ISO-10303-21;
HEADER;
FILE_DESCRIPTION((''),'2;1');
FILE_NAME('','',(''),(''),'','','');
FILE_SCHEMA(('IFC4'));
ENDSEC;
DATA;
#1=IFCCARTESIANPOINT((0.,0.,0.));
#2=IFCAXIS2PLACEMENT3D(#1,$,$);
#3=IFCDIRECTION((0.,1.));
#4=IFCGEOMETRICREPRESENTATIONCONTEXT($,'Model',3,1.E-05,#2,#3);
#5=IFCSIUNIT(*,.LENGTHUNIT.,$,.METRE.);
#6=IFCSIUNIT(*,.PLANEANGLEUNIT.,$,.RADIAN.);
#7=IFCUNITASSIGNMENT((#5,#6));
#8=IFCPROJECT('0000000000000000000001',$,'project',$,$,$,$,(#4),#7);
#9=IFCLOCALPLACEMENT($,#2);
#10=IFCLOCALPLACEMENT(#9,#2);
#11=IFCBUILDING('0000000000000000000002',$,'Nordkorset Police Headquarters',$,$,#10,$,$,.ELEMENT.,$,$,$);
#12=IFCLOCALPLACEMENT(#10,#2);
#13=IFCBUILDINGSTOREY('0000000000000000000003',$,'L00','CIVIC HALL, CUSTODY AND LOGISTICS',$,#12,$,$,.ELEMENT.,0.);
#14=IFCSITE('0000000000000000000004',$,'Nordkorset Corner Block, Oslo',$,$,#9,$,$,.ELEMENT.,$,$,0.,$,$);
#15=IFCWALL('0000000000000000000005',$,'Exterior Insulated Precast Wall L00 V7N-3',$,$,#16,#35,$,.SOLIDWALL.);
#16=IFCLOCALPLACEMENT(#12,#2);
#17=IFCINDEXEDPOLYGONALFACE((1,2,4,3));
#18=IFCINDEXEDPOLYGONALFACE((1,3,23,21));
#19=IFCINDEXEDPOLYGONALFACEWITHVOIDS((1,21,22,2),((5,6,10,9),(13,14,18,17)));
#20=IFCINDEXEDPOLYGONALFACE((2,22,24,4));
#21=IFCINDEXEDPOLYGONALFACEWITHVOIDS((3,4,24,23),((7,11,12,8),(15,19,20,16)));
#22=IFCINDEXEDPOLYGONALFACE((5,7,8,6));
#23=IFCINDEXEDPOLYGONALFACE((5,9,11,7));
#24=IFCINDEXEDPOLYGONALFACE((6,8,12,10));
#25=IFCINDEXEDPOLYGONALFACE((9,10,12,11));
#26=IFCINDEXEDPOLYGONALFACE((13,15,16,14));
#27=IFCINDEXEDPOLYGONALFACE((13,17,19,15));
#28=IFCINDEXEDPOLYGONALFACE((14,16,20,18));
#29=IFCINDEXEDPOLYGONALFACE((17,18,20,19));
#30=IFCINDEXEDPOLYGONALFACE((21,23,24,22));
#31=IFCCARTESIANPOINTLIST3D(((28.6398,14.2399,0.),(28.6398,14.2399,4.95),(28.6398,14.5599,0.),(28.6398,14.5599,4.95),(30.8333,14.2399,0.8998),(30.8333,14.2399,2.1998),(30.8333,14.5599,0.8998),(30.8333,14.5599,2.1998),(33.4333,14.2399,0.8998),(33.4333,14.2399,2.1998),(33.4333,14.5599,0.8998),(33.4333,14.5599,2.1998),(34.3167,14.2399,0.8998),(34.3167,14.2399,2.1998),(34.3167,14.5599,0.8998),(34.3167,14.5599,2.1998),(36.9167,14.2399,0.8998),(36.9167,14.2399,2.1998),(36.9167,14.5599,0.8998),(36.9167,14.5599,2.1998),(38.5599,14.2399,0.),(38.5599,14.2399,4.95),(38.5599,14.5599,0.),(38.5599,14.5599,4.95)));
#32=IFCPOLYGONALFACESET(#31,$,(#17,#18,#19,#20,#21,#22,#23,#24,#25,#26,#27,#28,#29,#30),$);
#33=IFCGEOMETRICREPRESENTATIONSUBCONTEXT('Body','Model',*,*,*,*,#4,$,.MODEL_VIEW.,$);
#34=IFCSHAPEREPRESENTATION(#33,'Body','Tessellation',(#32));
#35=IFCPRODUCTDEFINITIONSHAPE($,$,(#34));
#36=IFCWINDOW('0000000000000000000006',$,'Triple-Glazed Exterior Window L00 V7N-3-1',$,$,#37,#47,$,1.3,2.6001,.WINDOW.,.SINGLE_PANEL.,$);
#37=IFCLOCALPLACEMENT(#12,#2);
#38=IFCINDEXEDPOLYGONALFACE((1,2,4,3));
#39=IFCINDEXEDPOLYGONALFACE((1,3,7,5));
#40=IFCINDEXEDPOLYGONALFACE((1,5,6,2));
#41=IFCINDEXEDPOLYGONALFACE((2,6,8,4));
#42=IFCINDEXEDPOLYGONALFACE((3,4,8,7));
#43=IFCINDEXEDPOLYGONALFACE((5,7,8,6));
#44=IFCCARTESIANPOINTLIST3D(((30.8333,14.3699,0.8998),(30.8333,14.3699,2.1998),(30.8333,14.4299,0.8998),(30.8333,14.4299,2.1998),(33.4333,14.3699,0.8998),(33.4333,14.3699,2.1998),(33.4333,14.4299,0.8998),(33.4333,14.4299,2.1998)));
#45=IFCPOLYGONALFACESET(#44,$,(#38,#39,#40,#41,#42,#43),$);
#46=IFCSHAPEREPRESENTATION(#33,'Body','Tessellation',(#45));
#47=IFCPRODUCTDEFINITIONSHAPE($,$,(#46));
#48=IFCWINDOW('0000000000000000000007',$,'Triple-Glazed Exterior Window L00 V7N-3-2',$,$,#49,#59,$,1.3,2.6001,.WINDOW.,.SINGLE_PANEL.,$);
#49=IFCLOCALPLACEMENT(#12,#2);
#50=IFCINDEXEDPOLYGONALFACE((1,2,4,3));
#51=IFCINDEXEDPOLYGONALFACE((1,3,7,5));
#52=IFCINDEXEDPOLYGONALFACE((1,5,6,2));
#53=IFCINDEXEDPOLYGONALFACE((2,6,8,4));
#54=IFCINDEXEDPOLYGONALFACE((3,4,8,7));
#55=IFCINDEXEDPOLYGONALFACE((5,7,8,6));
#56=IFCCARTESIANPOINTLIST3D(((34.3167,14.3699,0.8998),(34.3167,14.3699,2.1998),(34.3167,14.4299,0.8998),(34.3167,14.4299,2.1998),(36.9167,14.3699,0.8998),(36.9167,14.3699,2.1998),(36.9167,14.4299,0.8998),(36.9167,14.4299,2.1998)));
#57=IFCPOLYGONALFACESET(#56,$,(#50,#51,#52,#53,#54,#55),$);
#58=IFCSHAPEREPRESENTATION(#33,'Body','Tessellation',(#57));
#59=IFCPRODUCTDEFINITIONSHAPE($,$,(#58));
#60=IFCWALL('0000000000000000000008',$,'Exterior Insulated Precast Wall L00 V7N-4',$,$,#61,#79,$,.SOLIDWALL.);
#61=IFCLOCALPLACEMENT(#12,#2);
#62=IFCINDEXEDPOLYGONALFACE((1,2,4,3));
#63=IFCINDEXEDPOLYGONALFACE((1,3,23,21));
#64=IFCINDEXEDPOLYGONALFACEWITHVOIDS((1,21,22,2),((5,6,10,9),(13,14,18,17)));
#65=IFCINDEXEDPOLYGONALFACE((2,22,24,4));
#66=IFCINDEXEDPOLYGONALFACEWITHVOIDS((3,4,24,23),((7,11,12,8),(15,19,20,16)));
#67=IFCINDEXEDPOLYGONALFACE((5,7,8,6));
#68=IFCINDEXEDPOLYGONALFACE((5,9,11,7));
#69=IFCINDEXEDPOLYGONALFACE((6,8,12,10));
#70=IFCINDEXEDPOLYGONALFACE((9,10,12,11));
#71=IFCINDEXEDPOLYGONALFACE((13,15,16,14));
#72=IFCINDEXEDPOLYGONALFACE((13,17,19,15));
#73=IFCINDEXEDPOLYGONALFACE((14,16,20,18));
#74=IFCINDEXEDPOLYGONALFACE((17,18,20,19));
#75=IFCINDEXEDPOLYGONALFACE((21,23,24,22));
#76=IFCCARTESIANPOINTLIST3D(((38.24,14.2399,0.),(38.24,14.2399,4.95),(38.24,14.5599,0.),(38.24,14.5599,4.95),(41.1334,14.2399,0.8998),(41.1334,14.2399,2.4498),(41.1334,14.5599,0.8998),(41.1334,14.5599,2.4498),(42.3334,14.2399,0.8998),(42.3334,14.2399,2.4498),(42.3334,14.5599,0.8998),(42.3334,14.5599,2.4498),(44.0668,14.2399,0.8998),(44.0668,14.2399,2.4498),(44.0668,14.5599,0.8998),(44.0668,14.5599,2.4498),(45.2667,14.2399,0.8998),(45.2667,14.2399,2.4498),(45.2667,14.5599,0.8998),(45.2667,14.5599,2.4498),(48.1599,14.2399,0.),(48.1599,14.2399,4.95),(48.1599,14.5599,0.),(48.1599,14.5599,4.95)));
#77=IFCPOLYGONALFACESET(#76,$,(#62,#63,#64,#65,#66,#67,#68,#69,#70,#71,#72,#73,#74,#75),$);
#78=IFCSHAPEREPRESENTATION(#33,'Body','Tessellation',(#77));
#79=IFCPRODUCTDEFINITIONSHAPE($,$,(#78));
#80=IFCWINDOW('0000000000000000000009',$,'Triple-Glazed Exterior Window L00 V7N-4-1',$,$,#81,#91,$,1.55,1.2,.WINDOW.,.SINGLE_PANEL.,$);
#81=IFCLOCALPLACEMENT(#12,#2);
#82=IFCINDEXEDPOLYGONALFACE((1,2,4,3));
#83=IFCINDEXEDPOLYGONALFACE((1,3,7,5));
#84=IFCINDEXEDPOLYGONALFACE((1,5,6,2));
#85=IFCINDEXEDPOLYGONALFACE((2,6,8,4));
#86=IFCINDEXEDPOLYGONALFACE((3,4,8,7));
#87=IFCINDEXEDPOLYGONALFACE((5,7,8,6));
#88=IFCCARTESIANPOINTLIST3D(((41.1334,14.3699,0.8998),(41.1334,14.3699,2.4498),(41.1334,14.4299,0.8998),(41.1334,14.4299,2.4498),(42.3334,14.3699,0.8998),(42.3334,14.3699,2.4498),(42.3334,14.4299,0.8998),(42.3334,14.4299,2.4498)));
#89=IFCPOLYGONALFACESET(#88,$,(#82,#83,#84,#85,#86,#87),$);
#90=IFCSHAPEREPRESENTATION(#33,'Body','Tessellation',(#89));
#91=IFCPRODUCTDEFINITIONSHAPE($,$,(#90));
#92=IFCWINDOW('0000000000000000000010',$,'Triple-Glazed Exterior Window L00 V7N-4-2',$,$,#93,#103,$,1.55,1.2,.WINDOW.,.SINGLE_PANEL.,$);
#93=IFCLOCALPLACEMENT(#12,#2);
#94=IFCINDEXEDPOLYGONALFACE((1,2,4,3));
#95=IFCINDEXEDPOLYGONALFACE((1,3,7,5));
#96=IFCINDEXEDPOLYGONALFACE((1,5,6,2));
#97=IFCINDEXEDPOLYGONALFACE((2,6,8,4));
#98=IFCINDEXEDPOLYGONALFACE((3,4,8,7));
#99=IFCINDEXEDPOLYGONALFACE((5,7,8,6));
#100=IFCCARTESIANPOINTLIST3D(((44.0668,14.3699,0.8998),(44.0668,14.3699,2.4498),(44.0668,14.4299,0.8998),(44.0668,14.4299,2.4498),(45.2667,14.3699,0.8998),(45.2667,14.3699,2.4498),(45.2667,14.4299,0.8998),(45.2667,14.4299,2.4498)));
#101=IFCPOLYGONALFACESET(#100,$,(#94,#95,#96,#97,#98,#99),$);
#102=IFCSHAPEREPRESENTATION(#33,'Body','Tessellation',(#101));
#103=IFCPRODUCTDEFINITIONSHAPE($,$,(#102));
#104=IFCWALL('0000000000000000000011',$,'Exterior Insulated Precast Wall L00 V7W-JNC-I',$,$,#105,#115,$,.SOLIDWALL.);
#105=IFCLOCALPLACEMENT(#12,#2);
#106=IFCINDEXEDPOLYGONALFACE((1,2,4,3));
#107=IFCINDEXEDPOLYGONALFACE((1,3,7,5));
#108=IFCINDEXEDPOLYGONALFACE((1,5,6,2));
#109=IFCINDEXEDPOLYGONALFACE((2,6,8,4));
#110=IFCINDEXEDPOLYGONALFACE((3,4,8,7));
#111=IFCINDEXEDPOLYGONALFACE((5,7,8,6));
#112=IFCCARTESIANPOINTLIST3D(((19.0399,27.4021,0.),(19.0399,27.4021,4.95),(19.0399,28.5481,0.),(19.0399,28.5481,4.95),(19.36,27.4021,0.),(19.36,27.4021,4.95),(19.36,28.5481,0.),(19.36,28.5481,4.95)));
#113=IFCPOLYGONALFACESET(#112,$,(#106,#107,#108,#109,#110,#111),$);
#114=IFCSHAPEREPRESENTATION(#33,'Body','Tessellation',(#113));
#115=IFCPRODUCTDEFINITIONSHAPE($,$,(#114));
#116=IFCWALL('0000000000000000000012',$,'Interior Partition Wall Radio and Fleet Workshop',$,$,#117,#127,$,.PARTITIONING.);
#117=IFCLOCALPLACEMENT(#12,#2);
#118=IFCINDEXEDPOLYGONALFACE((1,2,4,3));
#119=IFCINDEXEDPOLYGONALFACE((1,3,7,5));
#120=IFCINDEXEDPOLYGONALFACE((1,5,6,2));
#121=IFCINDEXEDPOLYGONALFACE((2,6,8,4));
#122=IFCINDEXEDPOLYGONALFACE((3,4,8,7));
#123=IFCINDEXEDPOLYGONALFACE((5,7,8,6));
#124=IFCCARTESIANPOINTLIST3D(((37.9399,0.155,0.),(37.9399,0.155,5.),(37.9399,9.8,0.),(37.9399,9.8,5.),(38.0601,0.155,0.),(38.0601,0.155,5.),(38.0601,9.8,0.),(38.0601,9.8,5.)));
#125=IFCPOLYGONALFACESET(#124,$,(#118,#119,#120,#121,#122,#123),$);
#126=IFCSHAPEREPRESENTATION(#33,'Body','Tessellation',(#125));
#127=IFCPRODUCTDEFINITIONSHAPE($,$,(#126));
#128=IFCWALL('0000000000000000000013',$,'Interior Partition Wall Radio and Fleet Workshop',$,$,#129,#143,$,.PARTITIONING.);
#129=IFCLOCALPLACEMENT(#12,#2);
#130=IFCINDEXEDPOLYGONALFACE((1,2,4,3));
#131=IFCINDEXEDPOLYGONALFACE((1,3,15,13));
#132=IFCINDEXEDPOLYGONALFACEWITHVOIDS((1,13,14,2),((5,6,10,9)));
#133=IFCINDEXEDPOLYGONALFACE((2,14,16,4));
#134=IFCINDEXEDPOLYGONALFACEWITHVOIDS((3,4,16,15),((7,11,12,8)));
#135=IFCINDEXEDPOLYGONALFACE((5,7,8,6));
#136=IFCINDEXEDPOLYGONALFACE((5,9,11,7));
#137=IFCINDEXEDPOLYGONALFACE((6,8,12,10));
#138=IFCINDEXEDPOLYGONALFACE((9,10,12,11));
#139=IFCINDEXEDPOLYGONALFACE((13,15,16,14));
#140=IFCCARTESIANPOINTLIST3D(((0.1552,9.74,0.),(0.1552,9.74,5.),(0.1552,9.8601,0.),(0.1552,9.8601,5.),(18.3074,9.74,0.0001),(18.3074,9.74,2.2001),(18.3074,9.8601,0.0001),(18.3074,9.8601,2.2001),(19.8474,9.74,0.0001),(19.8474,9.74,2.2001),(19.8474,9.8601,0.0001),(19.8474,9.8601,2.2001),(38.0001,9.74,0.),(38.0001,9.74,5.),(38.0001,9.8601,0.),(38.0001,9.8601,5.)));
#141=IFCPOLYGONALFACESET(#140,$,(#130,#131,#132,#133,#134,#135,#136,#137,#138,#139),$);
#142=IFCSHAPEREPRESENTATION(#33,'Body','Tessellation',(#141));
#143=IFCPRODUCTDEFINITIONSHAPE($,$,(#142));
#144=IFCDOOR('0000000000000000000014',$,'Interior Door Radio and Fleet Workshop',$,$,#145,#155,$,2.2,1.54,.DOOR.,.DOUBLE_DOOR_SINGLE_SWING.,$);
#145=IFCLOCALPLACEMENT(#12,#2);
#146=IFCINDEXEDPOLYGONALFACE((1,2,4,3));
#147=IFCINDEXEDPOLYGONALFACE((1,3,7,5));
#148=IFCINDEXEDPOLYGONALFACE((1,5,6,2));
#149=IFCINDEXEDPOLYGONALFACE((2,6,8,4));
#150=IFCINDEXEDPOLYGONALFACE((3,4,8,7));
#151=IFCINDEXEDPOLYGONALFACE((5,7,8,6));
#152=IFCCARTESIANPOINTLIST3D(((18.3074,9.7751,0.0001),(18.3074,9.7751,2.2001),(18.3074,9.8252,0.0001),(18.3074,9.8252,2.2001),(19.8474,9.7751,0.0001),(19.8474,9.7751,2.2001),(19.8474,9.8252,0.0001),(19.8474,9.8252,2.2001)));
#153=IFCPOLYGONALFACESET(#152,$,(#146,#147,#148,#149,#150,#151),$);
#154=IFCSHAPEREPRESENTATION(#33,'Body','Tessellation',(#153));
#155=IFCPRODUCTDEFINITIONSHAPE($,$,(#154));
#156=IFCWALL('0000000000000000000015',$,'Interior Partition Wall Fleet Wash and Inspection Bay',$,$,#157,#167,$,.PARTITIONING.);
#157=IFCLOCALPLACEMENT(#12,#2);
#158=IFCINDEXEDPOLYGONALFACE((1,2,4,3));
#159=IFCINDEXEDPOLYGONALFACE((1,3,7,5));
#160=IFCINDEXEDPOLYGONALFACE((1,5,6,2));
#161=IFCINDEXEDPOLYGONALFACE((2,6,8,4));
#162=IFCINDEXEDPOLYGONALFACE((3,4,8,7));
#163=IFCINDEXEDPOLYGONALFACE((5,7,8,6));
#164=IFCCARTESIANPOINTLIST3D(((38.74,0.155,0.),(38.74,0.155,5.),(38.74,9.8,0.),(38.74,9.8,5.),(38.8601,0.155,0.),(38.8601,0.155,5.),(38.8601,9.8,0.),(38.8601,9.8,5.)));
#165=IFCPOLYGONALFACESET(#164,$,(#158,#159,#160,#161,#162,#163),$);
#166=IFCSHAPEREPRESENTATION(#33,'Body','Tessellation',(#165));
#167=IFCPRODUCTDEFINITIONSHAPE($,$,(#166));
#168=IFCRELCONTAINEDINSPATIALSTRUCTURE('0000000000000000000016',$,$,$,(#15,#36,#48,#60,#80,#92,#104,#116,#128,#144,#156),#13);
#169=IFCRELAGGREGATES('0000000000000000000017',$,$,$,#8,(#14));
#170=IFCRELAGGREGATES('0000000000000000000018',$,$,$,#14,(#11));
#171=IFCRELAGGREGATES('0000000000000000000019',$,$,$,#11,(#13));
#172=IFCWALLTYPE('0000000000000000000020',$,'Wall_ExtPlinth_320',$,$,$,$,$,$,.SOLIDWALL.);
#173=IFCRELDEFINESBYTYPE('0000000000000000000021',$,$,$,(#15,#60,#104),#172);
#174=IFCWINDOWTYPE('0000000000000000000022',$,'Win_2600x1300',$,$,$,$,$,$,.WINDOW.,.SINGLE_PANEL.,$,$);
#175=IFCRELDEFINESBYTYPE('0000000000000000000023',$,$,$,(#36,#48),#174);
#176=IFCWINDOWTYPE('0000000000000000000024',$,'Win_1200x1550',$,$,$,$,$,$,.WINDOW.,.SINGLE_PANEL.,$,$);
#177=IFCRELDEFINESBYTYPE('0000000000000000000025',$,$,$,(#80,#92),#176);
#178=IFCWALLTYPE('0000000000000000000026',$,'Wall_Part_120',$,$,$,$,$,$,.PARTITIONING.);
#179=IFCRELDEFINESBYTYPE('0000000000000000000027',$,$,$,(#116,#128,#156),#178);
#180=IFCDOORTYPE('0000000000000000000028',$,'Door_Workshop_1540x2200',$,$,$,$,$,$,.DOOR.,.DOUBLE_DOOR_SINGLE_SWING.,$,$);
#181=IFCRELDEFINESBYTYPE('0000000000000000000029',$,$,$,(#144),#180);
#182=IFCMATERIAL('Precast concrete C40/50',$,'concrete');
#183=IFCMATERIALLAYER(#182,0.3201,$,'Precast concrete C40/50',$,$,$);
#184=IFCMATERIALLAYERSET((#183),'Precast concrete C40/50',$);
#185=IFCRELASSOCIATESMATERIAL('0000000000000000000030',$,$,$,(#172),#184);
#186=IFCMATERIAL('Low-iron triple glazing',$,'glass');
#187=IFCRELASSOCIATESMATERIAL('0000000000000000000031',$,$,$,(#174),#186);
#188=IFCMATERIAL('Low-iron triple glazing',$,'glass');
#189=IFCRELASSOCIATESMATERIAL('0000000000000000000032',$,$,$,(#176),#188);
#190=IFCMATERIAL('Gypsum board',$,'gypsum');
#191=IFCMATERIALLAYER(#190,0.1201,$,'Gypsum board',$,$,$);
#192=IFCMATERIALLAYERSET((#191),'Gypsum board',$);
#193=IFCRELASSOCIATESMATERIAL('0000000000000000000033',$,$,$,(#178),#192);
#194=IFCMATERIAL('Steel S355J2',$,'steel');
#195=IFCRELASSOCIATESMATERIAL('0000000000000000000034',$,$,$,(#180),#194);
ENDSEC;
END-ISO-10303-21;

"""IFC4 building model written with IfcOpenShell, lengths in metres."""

from ifc_helpers import new_model, si_unit, direction, frame, frame_2d, origin, place, context, subcontext, project, spatial, rectangle, extrude, material, layer, layer_set, type_object, element, fill, save


model = new_model("IFC4")

# Units and contexts
model_context = context("Model", 3, precision=1e-05, world=origin(), true_north=direction((0.0, 1.0)))
body_context = subcontext(model_context, "Body", "Model", "MODEL_VIEW")
ifc_project = project(units=[si_unit("LENGTHUNIT", "METRE"), si_unit("PLANEANGLEUNIT", "RADIAN")], contexts=[model_context])

# Site, building, storey
site_placement = place(None, origin())
site = spatial("IfcSite", under=ifc_project, at=site_placement, Name="Nordkorset Corner Block, Oslo", CompositionType="ELEMENT", RefElevation=0.0)
building_placement = place(site_placement, origin())
building = spatial("IfcBuilding", under=site, at=building_placement, Name="Nordkorset Police Headquarters", CompositionType="ELEMENT")
storey_placement = place(building_placement, origin())
storey = spatial("IfcBuildingStorey", under=building, at=storey_placement, Name="L00", Description="CIVIC HALL, CUSTODY AND LOGISTICS", CompositionType="ELEMENT", Elevation=0.0)

# Walls, openings, windows
ifc_material_1 = material(Name="Precast concrete C40/50", Category="concrete")
ifc_layer_1 = layer(ifc_material_1, 0.3201, Name="Precast concrete C40/50")
ifc_layer_set_1 = layer_set([ifc_layer_1], Name="Precast concrete C40/50")
wall_type_1 = type_object("IfcWallType", Name="Wall_ExtPlinth_320", PredefinedType="SOLIDWALL", material=ifc_layer_set_1)
wall_1_placement = place(storey_placement, frame((28.6399, 14.3999, 0.0), z_axis=(0.0, 0.0, 1.0), x_axis=(1.0, 0.0, 0.0)))
wall_1 = element("IfcWall", 1, at=wall_1_placement, inside=storey, type_object=wall_type_1, Name="Exterior Insulated Precast Wall L00 V7N-3", PredefinedType="SOLIDWALL", context=body_context, shape_type="SweptSolid", body=[
    extrude(rectangle(XDim=9.9202, YDim=0.3201, at=frame_2d((4.96, 0.0))), origin(), (0.0, 0.0, 1.0), 4.95),
])
opening_1_placement = place(wall_1_placement, frame((2.1934, 0.0, 0.8999)))
opening_1 = element("IfcOpeningElement", 2, at=opening_1_placement, cuts=wall_1, PredefinedType="OPENING", context=body_context, shape_type="SweptSolid", body=[
    extrude(rectangle(XDim=2.6001, YDim=1.3, at=frame_2d((1.3, 0.6499))), frame((0.0, 0.1699, 0.0), z_axis=(0.0, -1.0, 0.0), x_axis=(1.0, 0.0, 0.0)), (0.0, 0.0, 1.0), 0.3401),
])
opening_2_placement = place(wall_1_placement, frame((5.6768, 0.0, 0.8999)))
opening_2 = element("IfcOpeningElement", 3, at=opening_2_placement, cuts=wall_1, PredefinedType="OPENING", context=body_context, shape_type="SweptSolid", body=[
    extrude(rectangle(XDim=2.6001, YDim=1.3, at=frame_2d((1.3, 0.6499))), frame((0.0, 0.1699, 0.0), z_axis=(0.0, -1.0, 0.0), x_axis=(1.0, 0.0, 0.0)), (0.0, 0.0, 1.0), 0.3401),
])
ifc_material_2 = material(Name="Low-iron triple glazing", Category="glass")
window_type_1 = type_object("IfcWindowType", Name="Win_2600x1300", PartitioningType="SINGLE_PANEL", PredefinedType="WINDOW", material=ifc_material_2)
window_1_placement = place(opening_1_placement, origin())
window_1 = element("IfcWindow", 4, at=window_1_placement, inside=storey, type_object=window_type_1, Name="Triple-Glazed Exterior Window L00 V7N-3-1", OverallHeight=1.3, OverallWidth=2.6001, PartitioningType="SINGLE_PANEL", PredefinedType="WINDOW", context=body_context, shape_type="SweptSolid", body=[
    extrude(rectangle(XDim=2.6001, YDim=1.3, at=frame_2d((1.3, 0.6499))), frame((0.0, 0.03, 0.0), z_axis=(0.0, -1.0, 0.0), x_axis=(1.0, 0.0, 0.0)), (0.0, 0.0, 1.0), 0.0601),
])
fill(opening_1, window_1)
window_2_placement = place(opening_2_placement, origin())
window_2 = element("IfcWindow", 5, at=window_2_placement, inside=storey, type_object=window_type_1, Name="Triple-Glazed Exterior Window L00 V7N-3-2", OverallHeight=1.3, OverallWidth=2.6001, PartitioningType="SINGLE_PANEL", PredefinedType="WINDOW", context=body_context, shape_type="SweptSolid", body=[
    extrude(rectangle(XDim=2.6001, YDim=1.3, at=frame_2d((1.3, 0.6499))), frame((0.0, 0.03, 0.0), z_axis=(0.0, -1.0, 0.0), x_axis=(1.0, 0.0, 0.0)), (0.0, 0.0, 1.0), 0.0601),
])
fill(opening_2, window_2)
wall_2_placement = place(storey_placement, frame((38.24, 14.3999, 0.0), z_axis=(0.0, 0.0, 1.0), x_axis=(1.0, 0.0, 0.0)))
wall_2 = element("IfcWall", 6, at=wall_2_placement, inside=storey, type_object=wall_type_1, Name="Exterior Insulated Precast Wall L00 V7N-4", PredefinedType="SOLIDWALL", context=body_context, shape_type="SweptSolid", body=[
    extrude(rectangle(XDim=9.9199, YDim=0.3201, at=frame_2d((4.96, 0.0))), origin(), (0.0, 0.0, 1.0), 4.95),
])
opening_3_placement = place(wall_2_placement, frame((2.8933, 0.0, 0.8999)))
opening_3 = element("IfcOpeningElement", 7, at=opening_3_placement, cuts=wall_2, PredefinedType="OPENING", context=body_context, shape_type="SweptSolid", body=[
    extrude(rectangle(XDim=1.2, YDim=1.55, at=frame_2d((0.6001, 0.7749))), frame((0.0, 0.1699, 0.0), z_axis=(0.0, -1.0, 0.0), x_axis=(1.0, 0.0, 0.0)), (0.0, 0.0, 1.0), 0.3401),
])
opening_4_placement = place(wall_2_placement, frame((5.8267, 0.0, 0.8999)))
opening_4 = element("IfcOpeningElement", 8, at=opening_4_placement, cuts=wall_2, PredefinedType="OPENING", context=body_context, shape_type="SweptSolid", body=[
    extrude(rectangle(XDim=1.2, YDim=1.55, at=frame_2d((0.6001, 0.7749))), frame((0.0, 0.1699, 0.0), z_axis=(0.0, -1.0, 0.0), x_axis=(1.0, 0.0, 0.0)), (0.0, 0.0, 1.0), 0.3401),
])
ifc_material_3 = material(Name="Low-iron triple glazing", Category="glass")
window_type_2 = type_object("IfcWindowType", Name="Win_1200x1550", PartitioningType="SINGLE_PANEL", PredefinedType="WINDOW", material=ifc_material_3)
window_3_placement = place(opening_3_placement, origin())
window_3 = element("IfcWindow", 9, at=window_3_placement, inside=storey, type_object=window_type_2, Name="Triple-Glazed Exterior Window L00 V7N-4-1", OverallHeight=1.55, OverallWidth=1.2, PartitioningType="SINGLE_PANEL", PredefinedType="WINDOW", context=body_context, shape_type="SweptSolid", body=[
    extrude(rectangle(XDim=1.2, YDim=1.55, at=frame_2d((0.6001, 0.7749))), frame((0.0, 0.03, 0.0), z_axis=(0.0, -1.0, 0.0), x_axis=(1.0, 0.0, 0.0)), (0.0, 0.0, 1.0), 0.0601),
])
fill(opening_3, window_3)
window_4_placement = place(opening_4_placement, origin())
window_4 = element("IfcWindow", 10, at=window_4_placement, inside=storey, type_object=window_type_2, Name="Triple-Glazed Exterior Window L00 V7N-4-2", OverallHeight=1.55, OverallWidth=1.2, PartitioningType="SINGLE_PANEL", PredefinedType="WINDOW", context=body_context, shape_type="SweptSolid", body=[
    extrude(rectangle(XDim=1.2, YDim=1.55, at=frame_2d((0.6001, 0.7749))), frame((0.0, 0.03, 0.0), z_axis=(0.0, -1.0, 0.0), x_axis=(1.0, 0.0, 0.0)), (0.0, 0.0, 1.0), 0.0601),
])
fill(opening_4, window_4)

# Walls
wall_3_placement = place(storey_placement, frame((19.2, 27.4021, 0.0), z_axis=(0.0, 0.0, 1.0), x_axis=(0.0, 1.0, 0.0)))
element("IfcWall", 11, at=wall_3_placement, inside=storey, type_object=wall_type_1, Name="Exterior Insulated Precast Wall L00 V7W-JNC-I", PredefinedType="SOLIDWALL", context=body_context, shape_type="SweptSolid", body=[
    extrude(rectangle(XDim=1.146, YDim=0.3201, at=frame_2d((0.573, 0.0))), origin(), (0.0, 0.0, 1.0), 4.95),
])
ifc_material_4 = material(Name="Gypsum board", Category="gypsum")
ifc_layer_2 = layer(ifc_material_4, 0.1201, Name="Gypsum board")
ifc_layer_set_2 = layer_set([ifc_layer_2], Name="Gypsum board")
wall_type_2 = type_object("IfcWallType", Name="Wall_Part_120", PredefinedType="PARTITIONING", material=ifc_layer_set_2)
wall_4_placement = place(storey_placement, frame((38.0, 0.155, 0.0), z_axis=(0.0, 0.0, 1.0), x_axis=(0.0, 1.0, 0.0)))
element("IfcWall", 12, at=wall_4_placement, inside=storey, type_object=wall_type_2, Name="Interior Partition Wall Radio and Fleet Workshop", PredefinedType="PARTITIONING", context=body_context, shape_type="SweptSolid", body=[
    extrude(rectangle(XDim=9.645, YDim=0.1201, at=frame_2d((4.8225, 0.0))), origin(), (0.0, 0.0, 1.0), 5.0),
])

# Wall, opening, door
wall_5_placement = place(storey_placement, frame((38.0, 9.8, 0.0), z_axis=(0.0, 0.0, 1.0), x_axis=(-1.0, 0.0, 0.0)))
wall_5 = element("IfcWall", 13, at=wall_5_placement, inside=storey, type_object=wall_type_2, Name="Interior Partition Wall Radio and Fleet Workshop", PredefinedType="PARTITIONING", context=body_context, shape_type="SweptSolid", body=[
    extrude(rectangle(XDim=37.845, YDim=0.1201, at=frame_2d((18.9224, 0.0))), origin(), (0.0, 0.0, 1.0), 5.0),
])
opening_5_placement = place(wall_5_placement, frame((18.1526, 0.0, 0.0)))
opening_5 = element("IfcOpeningElement", 14, at=opening_5_placement, cuts=wall_5, PredefinedType="OPENING", context=body_context, shape_type="SweptSolid", body=[
    extrude(rectangle(XDim=1.54, YDim=2.2, at=frame_2d((0.77, 1.1001))), frame((0.0, 0.0701, 0.0), z_axis=(0.0, -1.0, 0.0), x_axis=(1.0, 0.0, 0.0)), (0.0, 0.0, 1.0), 0.1401),
])
ifc_material_5 = material(Name="Steel S355J2", Category="steel")
door_type = type_object("IfcDoorType", Name="Door_Workshop_1540x2200", OperationType="DOUBLE_DOOR_SINGLE_SWING", PredefinedType="DOOR", material=ifc_material_5)
door_placement = place(opening_5_placement, origin())
door = element("IfcDoor", 15, at=door_placement, inside=storey, type_object=door_type, Name="Interior Door Radio and Fleet Workshop", OperationType="DOUBLE_DOOR_SINGLE_SWING", OverallHeight=2.2, OverallWidth=1.54, PredefinedType="DOOR", context=body_context, shape_type="SweptSolid", body=[
    extrude(rectangle(XDim=1.54, YDim=2.2, at=frame_2d((0.77, 1.1001))), frame((0.0, 0.0249, 0.0), z_axis=(0.0, -1.0, 0.0), x_axis=(1.0, 0.0, 0.0)), (0.0, 0.0, 1.0), 0.05),
])
fill(opening_5, door)

# Wall
wall_6_placement = place(storey_placement, frame((38.8, 9.8, 0.0), z_axis=(0.0, 0.0, 1.0), x_axis=(0.0, -1.0, 0.0)))
element("IfcWall", 16, at=wall_6_placement, inside=storey, type_object=wall_type_2, Name="Interior Partition Wall Fleet Wash and Inspection Bay", PredefinedType="PARTITIONING", context=body_context, shape_type="SweptSolid", body=[
    extrude(rectangle(XDim=9.645, YDim=0.1201, at=frame_2d((4.8225, 0.0))), origin(), (0.0, 0.0, 1.0), 5.0),
])

save(model, "model.ifc")
